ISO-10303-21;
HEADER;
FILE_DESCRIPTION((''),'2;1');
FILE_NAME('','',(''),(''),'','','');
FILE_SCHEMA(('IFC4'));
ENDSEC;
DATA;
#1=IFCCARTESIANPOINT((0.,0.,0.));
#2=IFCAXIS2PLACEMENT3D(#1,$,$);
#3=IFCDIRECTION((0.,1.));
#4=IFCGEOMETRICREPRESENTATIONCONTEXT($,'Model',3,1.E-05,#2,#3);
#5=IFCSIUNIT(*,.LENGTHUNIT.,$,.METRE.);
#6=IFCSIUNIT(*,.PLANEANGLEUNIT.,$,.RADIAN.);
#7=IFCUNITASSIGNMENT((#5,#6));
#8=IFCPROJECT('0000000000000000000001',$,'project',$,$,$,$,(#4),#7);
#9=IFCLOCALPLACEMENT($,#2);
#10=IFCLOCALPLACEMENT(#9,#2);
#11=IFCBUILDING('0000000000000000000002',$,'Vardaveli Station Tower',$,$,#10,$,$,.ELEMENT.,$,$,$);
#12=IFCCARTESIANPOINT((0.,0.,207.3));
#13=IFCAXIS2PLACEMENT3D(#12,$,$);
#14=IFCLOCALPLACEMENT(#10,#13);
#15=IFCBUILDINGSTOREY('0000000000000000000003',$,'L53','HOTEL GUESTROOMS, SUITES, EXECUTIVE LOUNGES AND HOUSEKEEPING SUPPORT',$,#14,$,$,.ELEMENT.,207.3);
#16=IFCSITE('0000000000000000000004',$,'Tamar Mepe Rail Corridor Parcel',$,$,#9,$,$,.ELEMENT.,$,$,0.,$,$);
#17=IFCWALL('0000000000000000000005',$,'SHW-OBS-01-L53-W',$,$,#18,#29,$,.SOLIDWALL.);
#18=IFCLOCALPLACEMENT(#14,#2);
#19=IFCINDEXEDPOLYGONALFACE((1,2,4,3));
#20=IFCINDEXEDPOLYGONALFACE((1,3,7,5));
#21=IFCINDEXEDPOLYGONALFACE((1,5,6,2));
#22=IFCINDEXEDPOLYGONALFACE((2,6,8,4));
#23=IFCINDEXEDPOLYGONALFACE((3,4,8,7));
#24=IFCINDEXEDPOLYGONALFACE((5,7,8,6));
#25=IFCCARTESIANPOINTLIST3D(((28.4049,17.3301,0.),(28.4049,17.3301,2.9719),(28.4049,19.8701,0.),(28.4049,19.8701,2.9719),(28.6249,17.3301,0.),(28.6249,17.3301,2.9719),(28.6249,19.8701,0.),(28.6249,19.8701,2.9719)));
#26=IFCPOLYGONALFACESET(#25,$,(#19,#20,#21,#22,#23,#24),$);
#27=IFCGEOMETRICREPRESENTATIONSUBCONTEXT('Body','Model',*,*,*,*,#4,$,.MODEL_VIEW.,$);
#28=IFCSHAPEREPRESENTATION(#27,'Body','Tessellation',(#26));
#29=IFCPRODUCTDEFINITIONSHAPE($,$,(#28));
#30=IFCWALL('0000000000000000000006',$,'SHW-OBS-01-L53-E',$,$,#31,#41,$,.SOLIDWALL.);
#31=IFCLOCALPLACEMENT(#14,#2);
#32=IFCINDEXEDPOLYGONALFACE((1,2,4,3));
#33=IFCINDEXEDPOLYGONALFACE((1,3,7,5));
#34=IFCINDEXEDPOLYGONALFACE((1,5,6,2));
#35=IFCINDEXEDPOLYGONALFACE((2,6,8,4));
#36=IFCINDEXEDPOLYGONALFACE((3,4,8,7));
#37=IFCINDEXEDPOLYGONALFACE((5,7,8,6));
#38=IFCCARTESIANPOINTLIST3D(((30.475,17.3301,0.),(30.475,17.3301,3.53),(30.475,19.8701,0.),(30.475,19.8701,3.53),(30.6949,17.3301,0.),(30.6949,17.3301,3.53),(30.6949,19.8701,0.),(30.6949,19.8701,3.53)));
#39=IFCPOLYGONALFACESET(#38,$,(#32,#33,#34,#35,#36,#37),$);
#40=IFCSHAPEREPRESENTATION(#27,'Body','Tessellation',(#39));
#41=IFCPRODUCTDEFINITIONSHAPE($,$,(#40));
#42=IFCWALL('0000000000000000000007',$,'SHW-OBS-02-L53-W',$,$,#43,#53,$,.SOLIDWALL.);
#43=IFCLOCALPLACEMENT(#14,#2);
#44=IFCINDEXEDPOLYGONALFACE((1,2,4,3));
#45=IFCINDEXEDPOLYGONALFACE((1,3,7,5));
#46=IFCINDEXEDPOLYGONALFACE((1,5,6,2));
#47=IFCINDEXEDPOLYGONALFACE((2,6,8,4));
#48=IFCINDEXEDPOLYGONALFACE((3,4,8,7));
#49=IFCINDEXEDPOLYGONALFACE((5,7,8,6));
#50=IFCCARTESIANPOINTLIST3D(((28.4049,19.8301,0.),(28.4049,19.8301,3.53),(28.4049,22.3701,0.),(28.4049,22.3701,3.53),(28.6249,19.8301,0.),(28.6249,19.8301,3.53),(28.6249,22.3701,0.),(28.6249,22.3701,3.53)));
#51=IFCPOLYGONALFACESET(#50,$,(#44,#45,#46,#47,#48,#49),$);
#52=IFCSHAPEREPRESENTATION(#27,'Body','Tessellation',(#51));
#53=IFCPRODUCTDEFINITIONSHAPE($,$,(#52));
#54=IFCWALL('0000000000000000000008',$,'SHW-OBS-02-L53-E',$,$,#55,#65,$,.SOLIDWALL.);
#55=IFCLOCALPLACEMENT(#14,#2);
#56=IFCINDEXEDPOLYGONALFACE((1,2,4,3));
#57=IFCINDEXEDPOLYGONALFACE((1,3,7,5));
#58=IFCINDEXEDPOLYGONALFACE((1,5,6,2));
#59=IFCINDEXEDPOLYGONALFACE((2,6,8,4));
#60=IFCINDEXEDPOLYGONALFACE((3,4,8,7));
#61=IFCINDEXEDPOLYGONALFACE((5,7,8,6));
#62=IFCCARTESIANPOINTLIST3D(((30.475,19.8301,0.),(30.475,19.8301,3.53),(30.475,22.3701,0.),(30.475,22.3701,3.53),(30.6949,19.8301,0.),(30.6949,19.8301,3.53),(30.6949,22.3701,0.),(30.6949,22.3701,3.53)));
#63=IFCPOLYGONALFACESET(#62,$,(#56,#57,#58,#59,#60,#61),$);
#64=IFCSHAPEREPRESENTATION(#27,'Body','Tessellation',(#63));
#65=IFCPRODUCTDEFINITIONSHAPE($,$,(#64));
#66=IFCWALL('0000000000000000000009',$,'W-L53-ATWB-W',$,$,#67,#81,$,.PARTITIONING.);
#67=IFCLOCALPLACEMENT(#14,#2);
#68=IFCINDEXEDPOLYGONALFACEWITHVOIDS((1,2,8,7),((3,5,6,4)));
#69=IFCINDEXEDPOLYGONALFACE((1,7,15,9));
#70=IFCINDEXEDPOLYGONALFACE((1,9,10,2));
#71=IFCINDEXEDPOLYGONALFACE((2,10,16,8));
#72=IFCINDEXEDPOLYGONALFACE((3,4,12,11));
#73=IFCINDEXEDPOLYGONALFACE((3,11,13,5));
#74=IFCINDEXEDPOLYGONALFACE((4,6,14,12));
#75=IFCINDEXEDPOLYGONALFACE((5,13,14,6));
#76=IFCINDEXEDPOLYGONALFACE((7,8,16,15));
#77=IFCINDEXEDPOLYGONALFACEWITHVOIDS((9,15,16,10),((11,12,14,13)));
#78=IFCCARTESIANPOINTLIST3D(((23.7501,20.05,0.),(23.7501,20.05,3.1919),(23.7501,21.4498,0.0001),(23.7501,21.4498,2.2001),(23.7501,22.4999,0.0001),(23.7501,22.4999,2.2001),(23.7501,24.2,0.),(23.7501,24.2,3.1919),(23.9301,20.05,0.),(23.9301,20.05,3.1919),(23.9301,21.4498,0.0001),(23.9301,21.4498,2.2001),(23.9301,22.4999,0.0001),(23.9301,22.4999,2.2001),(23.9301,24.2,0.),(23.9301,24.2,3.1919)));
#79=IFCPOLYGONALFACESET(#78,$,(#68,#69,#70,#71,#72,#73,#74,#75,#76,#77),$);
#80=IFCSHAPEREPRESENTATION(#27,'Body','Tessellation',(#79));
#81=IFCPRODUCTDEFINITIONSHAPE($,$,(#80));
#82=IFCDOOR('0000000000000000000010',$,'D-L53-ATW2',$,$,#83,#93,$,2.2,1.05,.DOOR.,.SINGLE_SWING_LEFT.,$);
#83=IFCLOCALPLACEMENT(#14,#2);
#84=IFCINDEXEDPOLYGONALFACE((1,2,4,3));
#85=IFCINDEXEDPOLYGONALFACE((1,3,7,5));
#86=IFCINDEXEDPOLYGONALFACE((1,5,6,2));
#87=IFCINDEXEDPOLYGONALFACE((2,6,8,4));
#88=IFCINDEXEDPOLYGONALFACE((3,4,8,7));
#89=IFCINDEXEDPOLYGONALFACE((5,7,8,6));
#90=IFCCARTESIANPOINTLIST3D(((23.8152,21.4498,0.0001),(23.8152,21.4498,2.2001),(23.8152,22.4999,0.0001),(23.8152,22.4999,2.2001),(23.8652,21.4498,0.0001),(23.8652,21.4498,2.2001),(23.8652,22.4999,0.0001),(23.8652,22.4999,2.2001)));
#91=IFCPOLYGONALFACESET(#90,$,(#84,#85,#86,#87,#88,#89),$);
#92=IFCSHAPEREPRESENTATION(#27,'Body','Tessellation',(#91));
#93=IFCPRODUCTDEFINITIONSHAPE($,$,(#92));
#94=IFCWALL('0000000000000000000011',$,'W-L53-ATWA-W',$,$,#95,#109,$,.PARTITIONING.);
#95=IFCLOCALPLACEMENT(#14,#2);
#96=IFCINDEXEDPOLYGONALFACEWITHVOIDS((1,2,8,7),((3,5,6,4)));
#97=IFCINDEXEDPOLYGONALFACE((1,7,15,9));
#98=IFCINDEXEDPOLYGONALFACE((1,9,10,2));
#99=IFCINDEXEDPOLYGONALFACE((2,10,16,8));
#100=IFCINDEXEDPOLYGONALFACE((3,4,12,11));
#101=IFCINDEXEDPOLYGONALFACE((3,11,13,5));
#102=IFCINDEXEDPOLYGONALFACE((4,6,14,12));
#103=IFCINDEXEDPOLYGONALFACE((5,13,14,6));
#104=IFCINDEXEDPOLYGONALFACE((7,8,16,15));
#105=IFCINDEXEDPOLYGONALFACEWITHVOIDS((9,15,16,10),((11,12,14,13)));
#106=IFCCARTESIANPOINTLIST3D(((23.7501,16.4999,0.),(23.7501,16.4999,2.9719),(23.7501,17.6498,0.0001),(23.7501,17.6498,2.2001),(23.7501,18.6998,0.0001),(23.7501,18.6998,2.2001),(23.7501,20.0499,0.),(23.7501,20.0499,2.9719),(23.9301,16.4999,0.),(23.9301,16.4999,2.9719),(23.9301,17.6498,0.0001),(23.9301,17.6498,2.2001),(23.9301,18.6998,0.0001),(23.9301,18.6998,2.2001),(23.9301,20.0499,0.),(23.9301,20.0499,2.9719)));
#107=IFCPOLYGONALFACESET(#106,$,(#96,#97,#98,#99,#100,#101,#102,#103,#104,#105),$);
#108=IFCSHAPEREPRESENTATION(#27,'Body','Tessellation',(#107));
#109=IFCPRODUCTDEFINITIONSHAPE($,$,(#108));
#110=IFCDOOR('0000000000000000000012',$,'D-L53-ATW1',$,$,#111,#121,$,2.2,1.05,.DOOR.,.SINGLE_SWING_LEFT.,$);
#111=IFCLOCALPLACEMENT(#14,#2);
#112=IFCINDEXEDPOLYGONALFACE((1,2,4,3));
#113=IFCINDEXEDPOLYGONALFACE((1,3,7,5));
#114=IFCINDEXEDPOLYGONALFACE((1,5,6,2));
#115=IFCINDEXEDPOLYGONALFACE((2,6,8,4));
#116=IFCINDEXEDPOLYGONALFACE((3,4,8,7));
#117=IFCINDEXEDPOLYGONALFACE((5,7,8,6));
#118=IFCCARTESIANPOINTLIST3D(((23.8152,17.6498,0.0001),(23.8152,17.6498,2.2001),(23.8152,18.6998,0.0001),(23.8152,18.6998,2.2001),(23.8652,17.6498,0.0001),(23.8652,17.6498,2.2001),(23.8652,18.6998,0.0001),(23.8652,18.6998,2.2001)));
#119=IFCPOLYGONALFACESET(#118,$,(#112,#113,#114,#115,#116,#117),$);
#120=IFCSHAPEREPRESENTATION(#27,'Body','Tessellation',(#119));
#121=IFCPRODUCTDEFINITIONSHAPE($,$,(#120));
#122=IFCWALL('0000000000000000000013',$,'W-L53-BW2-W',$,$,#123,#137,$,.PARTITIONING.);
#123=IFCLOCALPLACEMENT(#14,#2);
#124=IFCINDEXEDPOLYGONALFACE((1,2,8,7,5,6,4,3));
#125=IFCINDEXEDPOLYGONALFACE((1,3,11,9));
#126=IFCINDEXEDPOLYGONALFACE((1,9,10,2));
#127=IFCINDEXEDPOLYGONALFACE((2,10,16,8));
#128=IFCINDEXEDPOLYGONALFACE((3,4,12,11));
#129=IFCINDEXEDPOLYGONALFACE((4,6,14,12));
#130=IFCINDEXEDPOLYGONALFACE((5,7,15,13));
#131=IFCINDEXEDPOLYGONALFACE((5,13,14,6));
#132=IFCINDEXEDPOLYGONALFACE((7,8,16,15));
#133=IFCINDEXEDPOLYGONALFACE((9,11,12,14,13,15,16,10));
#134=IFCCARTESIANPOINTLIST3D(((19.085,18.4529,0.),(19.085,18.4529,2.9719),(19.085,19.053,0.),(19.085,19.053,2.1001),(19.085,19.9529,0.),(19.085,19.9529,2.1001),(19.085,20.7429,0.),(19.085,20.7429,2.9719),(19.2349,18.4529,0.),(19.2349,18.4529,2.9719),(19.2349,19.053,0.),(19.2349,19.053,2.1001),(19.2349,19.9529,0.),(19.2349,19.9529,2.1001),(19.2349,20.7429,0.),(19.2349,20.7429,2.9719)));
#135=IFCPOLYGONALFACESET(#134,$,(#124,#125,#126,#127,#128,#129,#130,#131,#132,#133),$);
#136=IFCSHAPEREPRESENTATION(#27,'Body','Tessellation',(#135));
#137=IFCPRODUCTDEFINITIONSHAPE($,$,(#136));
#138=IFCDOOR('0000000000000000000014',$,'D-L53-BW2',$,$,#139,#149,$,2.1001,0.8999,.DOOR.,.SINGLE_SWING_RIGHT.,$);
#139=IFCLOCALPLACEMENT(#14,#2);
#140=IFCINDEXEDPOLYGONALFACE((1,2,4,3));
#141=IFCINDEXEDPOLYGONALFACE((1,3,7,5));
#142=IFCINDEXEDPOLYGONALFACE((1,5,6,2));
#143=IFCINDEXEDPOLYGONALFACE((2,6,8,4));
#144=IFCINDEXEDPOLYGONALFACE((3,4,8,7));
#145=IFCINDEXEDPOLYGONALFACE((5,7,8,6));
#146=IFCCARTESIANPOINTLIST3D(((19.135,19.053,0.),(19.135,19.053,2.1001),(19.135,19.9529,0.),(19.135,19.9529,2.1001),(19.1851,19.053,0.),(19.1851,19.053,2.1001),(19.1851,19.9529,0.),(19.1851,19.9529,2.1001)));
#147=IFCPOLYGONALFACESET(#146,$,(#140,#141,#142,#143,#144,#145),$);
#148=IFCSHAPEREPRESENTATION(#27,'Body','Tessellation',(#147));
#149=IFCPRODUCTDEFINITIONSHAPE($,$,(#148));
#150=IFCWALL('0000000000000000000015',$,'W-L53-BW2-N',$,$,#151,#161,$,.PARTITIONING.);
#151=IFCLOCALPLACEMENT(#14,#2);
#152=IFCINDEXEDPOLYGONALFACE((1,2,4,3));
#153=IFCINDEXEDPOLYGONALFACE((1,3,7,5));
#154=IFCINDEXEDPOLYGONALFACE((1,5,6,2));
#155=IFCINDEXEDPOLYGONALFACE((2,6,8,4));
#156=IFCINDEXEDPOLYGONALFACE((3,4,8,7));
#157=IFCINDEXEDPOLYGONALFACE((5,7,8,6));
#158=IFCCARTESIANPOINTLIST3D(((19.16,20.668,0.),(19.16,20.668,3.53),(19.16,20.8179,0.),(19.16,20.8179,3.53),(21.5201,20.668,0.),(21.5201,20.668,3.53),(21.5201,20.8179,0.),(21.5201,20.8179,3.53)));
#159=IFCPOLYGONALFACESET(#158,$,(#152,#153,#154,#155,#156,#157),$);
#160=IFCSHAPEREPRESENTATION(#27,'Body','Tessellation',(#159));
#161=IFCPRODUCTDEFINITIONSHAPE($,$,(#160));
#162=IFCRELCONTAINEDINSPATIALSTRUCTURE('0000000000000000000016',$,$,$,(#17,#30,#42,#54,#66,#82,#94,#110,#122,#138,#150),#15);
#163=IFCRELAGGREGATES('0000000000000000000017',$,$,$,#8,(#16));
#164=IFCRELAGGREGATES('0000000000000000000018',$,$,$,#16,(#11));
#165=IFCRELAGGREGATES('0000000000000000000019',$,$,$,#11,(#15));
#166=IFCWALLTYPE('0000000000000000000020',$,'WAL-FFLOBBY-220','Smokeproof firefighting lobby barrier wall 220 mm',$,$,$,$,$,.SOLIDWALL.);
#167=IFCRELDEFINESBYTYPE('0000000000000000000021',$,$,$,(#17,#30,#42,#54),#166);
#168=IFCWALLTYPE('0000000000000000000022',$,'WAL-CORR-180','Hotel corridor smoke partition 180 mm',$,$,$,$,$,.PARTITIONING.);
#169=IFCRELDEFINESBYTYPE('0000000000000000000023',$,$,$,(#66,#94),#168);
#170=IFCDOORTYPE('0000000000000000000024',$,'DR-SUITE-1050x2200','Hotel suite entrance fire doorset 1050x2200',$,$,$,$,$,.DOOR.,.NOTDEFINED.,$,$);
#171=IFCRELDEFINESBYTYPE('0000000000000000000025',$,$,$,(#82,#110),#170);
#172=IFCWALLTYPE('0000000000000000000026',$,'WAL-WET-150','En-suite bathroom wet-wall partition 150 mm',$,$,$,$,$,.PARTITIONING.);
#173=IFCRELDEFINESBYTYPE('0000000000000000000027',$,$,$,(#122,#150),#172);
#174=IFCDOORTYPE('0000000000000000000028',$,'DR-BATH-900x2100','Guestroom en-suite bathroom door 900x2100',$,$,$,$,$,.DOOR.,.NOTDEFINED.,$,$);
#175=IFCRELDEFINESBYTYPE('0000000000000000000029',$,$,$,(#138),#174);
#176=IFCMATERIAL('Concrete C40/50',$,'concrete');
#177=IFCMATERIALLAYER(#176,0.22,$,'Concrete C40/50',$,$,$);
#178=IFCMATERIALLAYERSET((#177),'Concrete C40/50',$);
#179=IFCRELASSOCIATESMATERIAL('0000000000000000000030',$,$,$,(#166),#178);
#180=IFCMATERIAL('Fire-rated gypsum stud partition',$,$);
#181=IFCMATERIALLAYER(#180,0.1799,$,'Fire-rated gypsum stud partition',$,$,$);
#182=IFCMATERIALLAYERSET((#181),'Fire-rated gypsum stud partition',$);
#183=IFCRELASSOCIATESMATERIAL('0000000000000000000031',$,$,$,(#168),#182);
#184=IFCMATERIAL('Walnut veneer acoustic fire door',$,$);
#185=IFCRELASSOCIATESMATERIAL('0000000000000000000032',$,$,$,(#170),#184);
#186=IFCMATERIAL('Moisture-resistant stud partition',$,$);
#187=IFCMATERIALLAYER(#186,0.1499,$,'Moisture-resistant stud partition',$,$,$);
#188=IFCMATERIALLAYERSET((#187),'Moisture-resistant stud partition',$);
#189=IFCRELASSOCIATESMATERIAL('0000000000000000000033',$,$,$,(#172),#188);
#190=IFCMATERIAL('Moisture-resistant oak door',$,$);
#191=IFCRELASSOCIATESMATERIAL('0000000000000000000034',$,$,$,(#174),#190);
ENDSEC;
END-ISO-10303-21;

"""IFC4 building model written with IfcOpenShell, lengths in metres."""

from ifc_helpers import new_model, si_unit, direction, frame, frame_2d, origin, place, context, subcontext, project, spatial, rectangle, extrude, source, transform, mapped, material, layer, layer_set, type_object, element, fill, save


model = new_model("IFC4")

# Units and contexts
model_context = context("Model", 3, precision=1e-05, world=origin(), true_north=direction((0.0, 1.0)))
body_context = subcontext(model_context, "Body", "Model", "MODEL_VIEW")
ifc_project = project(units=[si_unit("LENGTHUNIT", "METRE"), si_unit("PLANEANGLEUNIT", "RADIAN")], contexts=[model_context])

# Site, building, storey
site_placement = place(None, origin())
site = spatial("IfcSite", under=ifc_project, at=site_placement, Name="Tamar Mepe Rail Corridor Parcel", CompositionType="ELEMENT", RefElevation=0.0)
building_placement = place(site_placement, origin())
building = spatial("IfcBuilding", under=site, at=building_placement, Name="Vardaveli Station Tower", CompositionType="ELEMENT")
storey_placement = place(building_placement, frame((0.0, 0.0, 207.3)))
storey = spatial("IfcBuildingStorey", under=building, at=storey_placement, Name="L53", Description="HOTEL GUESTROOMS, SUITES, EXECUTIVE LOUNGES AND HOUSEKEEPING SUPPORT", CompositionType="ELEMENT", Elevation=207.3)

# Walls
ifc_material_1 = material(Name="Concrete C40/50", Category="concrete")
ifc_layer_1 = layer(ifc_material_1, 0.22, Name="Concrete C40/50")
ifc_layer_set_1 = layer_set([ifc_layer_1], Name="Concrete C40/50")
wall_type_1 = type_object("IfcWallType", Name="WAL-FFLOBBY-220", Description="Smokeproof firefighting lobby barrier wall 220 mm", PredefinedType="SOLIDWALL", material=ifc_layer_set_1)
shared_shape_1 = source(origin(), body_context, "Body", "SweptSolid", [
    extrude(rectangle(XDim=2.54, YDim=0.22, at=frame_2d((1.27, 0.0))), origin(), (0.0, 0.0, 1.0), 2.9719),
])
wall_1_placement = place(storey_placement, frame((28.5149, 17.3301, 0.0), z_axis=(0.0, 0.0, 1.0), x_axis=(0.0, 1.0, 0.0)))
element("IfcWall", 1, at=wall_1_placement, inside=storey, type_object=wall_type_1, Name="SHW-OBS-01-L53-W", PredefinedType="SOLIDWALL", context=body_context, shape_type="MappedRepresentation", body=[
    mapped(shared_shape_1, transform((0.0, 0.0, 0.0), scale=1.0)),
])
shared_shape_2 = source(origin(), body_context, "Body", "SweptSolid", [
    extrude(rectangle(XDim=2.54, YDim=0.22, at=frame_2d((1.27, 0.0))), origin(), (0.0, 0.0, 1.0), 3.53),
])
for number, where, z_axis, x_axis, name in (
    (2, (30.585, 17.3301, 0.0), (0.0, 0.0, 1.0), (0.0, 1.0, 0.0), "SHW-OBS-01-L53-E"),
    (3, (28.5149, 19.8301, 0.0), (0.0, 0.0, 1.0), (0.0, 1.0, 0.0), "SHW-OBS-02-L53-W"),
    (4, (30.585, 19.8301, 0.0), (0.0, 0.0, 1.0), (0.0, 1.0, 0.0), "SHW-OBS-02-L53-E"),
):
    element("IfcWall", number, at=place(storey_placement, frame(where, z_axis=z_axis, x_axis=x_axis)), inside=storey, type_object=wall_type_1, Name=name, PredefinedType="SOLIDWALL", context=body_context, shape_type="MappedRepresentation", body=[
        mapped(shared_shape_2, transform((0.0, 0.0, 0.0), scale=1.0)),
    ])

# Walls, openings, doors
ifc_material_2 = material(Name="Fire-rated gypsum stud partition")
ifc_layer_2 = layer(ifc_material_2, 0.1799, Name="Fire-rated gypsum stud partition")
ifc_layer_set_2 = layer_set([ifc_layer_2], Name="Fire-rated gypsum stud partition")
wall_type_2 = type_object("IfcWallType", Name="WAL-CORR-180", Description="Hotel corridor smoke partition 180 mm", PredefinedType="PARTITIONING", material=ifc_layer_set_2)
shared_shape_3 = source(origin(), body_context, "Body", "SweptSolid", [
    extrude(rectangle(XDim=4.1499, YDim=0.1799, at=frame_2d((2.075, 0.0))), origin(), (0.0, 0.0, 1.0), 3.1919),
])
wall_2_placement = place(storey_placement, frame((23.8401, 20.05, 0.0), z_axis=(0.0, 0.0, 1.0), x_axis=(0.0, 1.0, 0.0)))
wall_2 = element("IfcWall", 5, at=wall_2_placement, inside=storey, type_object=wall_type_2, Name="W-L53-ATWB-W", PredefinedType="PARTITIONING", context=body_context, shape_type="MappedRepresentation", body=[
    mapped(shared_shape_3, transform((0.0, 0.0, 0.0), scale=1.0)),
])
shared_shape_4 = source(origin(), body_context, "Body", "SweptSolid", [
    extrude(rectangle(XDim=1.05, YDim=2.2, at=frame_2d((0.5249, 1.1001))), frame((0.0, 0.1001, 0.0), z_axis=(0.0, -1.0, 0.0), x_axis=(1.0, 0.0, 0.0)), (0.0, 0.0, 1.0), 0.2),
])
opening_1_placement = place(wall_2_placement, frame((1.3999, 0.0, 0.0)))
opening_1 = element("IfcOpeningElement", 6, at=opening_1_placement, cuts=wall_2, PredefinedType="OPENING", context=body_context, shape_type="MappedRepresentation", body=[
    mapped(shared_shape_4, transform((0.0, 0.0, 0.0), scale=1.0)),
])
ifc_material_3 = material(Name="Walnut veneer acoustic fire door")
door_type_1 = type_object("IfcDoorType", Name="DR-SUITE-1050x2200", Description="Hotel suite entrance fire doorset 1050x2200", OperationType="NOTDEFINED", PredefinedType="DOOR", material=ifc_material_3)
shared_shape_5 = source(origin(), body_context, "Body", "SweptSolid", [
    extrude(rectangle(XDim=1.05, YDim=2.2, at=frame_2d((0.5249, 1.1001))), frame((0.0, 0.0249, 0.0), z_axis=(0.0, -1.0, 0.0), x_axis=(1.0, 0.0, 0.0)), (0.0, 0.0, 1.0), 0.05),
])
door_1_placement = place(opening_1_placement, origin())
door_1 = element("IfcDoor", 7, at=door_1_placement, inside=storey, type_object=door_type_1, Name="D-L53-ATW2", OperationType="SINGLE_SWING_LEFT", OverallHeight=2.2, OverallWidth=1.05, PredefinedType="DOOR", context=body_context, shape_type="MappedRepresentation", body=[
    mapped(shared_shape_5, transform((0.0, 0.0, 0.0), scale=1.0)),
])
fill(opening_1, door_1)
shared_shape_6 = source(origin(), body_context, "Body", "SweptSolid", [
    extrude(rectangle(XDim=3.55, YDim=0.1799, at=frame_2d((1.7749, 0.0))), origin(), (0.0, 0.0, 1.0), 2.9719),
])
wall_3_placement = place(storey_placement, frame((23.8401, 16.5, 0.0), z_axis=(0.0, 0.0, 1.0), x_axis=(0.0, 1.0, 0.0)))
wall_3 = element("IfcWall", 8, at=wall_3_placement, inside=storey, type_object=wall_type_2, Name="W-L53-ATWA-W", PredefinedType="PARTITIONING", context=body_context, shape_type="MappedRepresentation", body=[
    mapped(shared_shape_6, transform((0.0, 0.0, 0.0), scale=1.0)),
])
opening_2_placement = place(wall_3_placement, frame((1.1499, 0.0, 0.0)))
opening_2 = element("IfcOpeningElement", 9, at=opening_2_placement, cuts=wall_3, PredefinedType="OPENING", context=body_context, shape_type="MappedRepresentation", body=[
    mapped(shared_shape_4, transform((0.0, 0.0, 0.0), scale=1.0)),
])
door_2_placement = place(opening_2_placement, origin())
door_2 = element("IfcDoor", 10, at=door_2_placement, inside=storey, type_object=door_type_1, Name="D-L53-ATW1", OperationType="SINGLE_SWING_LEFT", OverallHeight=2.2, OverallWidth=1.05, PredefinedType="DOOR", context=body_context, shape_type="MappedRepresentation", body=[
    mapped(shared_shape_5, transform((0.0, 0.0, 0.0), scale=1.0)),
])
fill(opening_2, door_2)
ifc_material_4 = material(Name="Moisture-resistant stud partition")
ifc_layer_3 = layer(ifc_material_4, 0.1499, Name="Moisture-resistant stud partition")
ifc_layer_set_3 = layer_set([ifc_layer_3], Name="Moisture-resistant stud partition")
wall_type_3 = type_object("IfcWallType", Name="WAL-WET-150", Description="En-suite bathroom wet-wall partition 150 mm", PredefinedType="PARTITIONING", material=ifc_layer_set_3)
shared_shape_7 = source(origin(), body_context, "Body", "SweptSolid", [
    extrude(rectangle(XDim=2.29, YDim=0.1499, at=frame_2d((1.145, 0.0))), origin(), (0.0, 0.0, 1.0), 2.9719),
])
wall_4_placement = place(storey_placement, frame((19.1599, 18.4529, 0.0), z_axis=(0.0, 0.0, 1.0), x_axis=(0.0, 1.0, 0.0)))
wall_4 = element("IfcWall", 11, at=wall_4_placement, inside=storey, type_object=wall_type_3, Name="W-L53-BW2-W", PredefinedType="PARTITIONING", context=body_context, shape_type="MappedRepresentation", body=[
    mapped(shared_shape_7, transform((0.0, 0.0, 0.0), scale=1.0)),
])
shared_shape_8 = source(origin(), body_context, "Body", "SweptSolid", [
    extrude(rectangle(XDim=0.8999, YDim=2.1001, at=frame_2d((0.45, 1.05))), frame((0.0, 0.085, 0.0), z_axis=(0.0, -1.0, 0.0), x_axis=(1.0, 0.0, 0.0)), (0.0, 0.0, 1.0), 0.1699),
])
opening_3_placement = place(wall_4_placement, frame((0.6001, 0.0, 0.0)))
opening_3 = element("IfcOpeningElement", 12, at=opening_3_placement, cuts=wall_4, PredefinedType="OPENING", context=body_context, shape_type="MappedRepresentation", body=[
    mapped(shared_shape_8, transform((0.0, 0.0, 0.0), scale=1.0)),
])
ifc_material_5 = material(Name="Moisture-resistant oak door")
door_type_2 = type_object("IfcDoorType", Name="DR-BATH-900x2100", Description="Guestroom en-suite bathroom door 900x2100", OperationType="NOTDEFINED", PredefinedType="DOOR", material=ifc_material_5)
shared_shape_9 = source(origin(), body_context, "Body", "SweptSolid", [
    extrude(rectangle(XDim=0.8999, YDim=2.1001, at=frame_2d((0.45, 1.05))), frame((0.0, 0.0249, 0.0), z_axis=(0.0, -1.0, 0.0), x_axis=(1.0, 0.0, 0.0)), (0.0, 0.0, 1.0), 0.05),
])
door_3_placement = place(opening_3_placement, origin())
door_3 = element("IfcDoor", 13, at=door_3_placement, inside=storey, type_object=door_type_2, Name="D-L53-BW2", OperationType="SINGLE_SWING_RIGHT", OverallHeight=2.1001, OverallWidth=0.8999, PredefinedType="DOOR", context=body_context, shape_type="MappedRepresentation", body=[
    mapped(shared_shape_9, transform((0.0, 0.0, 0.0), scale=1.0)),
])
fill(opening_3, door_3)

# Wall
shared_shape_10 = source(origin(), body_context, "Body", "SweptSolid", [
    extrude(rectangle(XDim=2.3601, YDim=0.1499, at=frame_2d((1.1802, 0.0))), origin(), (0.0, 0.0, 1.0), 3.53),
])
wall_5_placement = place(storey_placement, frame((19.1599, 20.7429, 0.0), z_axis=(0.0, 0.0, 1.0), x_axis=(1.0, 0.0, 0.0)))
element("IfcWall", 14, at=wall_5_placement, inside=storey, type_object=wall_type_3, Name="W-L53-BW2-N", PredefinedType="PARTITIONING", context=body_context, shape_type="MappedRepresentation", body=[
    mapped(shared_shape_10, transform((0.0, 0.0, 0.0), scale=1.0)),
])

save(model, "model.ifc")
